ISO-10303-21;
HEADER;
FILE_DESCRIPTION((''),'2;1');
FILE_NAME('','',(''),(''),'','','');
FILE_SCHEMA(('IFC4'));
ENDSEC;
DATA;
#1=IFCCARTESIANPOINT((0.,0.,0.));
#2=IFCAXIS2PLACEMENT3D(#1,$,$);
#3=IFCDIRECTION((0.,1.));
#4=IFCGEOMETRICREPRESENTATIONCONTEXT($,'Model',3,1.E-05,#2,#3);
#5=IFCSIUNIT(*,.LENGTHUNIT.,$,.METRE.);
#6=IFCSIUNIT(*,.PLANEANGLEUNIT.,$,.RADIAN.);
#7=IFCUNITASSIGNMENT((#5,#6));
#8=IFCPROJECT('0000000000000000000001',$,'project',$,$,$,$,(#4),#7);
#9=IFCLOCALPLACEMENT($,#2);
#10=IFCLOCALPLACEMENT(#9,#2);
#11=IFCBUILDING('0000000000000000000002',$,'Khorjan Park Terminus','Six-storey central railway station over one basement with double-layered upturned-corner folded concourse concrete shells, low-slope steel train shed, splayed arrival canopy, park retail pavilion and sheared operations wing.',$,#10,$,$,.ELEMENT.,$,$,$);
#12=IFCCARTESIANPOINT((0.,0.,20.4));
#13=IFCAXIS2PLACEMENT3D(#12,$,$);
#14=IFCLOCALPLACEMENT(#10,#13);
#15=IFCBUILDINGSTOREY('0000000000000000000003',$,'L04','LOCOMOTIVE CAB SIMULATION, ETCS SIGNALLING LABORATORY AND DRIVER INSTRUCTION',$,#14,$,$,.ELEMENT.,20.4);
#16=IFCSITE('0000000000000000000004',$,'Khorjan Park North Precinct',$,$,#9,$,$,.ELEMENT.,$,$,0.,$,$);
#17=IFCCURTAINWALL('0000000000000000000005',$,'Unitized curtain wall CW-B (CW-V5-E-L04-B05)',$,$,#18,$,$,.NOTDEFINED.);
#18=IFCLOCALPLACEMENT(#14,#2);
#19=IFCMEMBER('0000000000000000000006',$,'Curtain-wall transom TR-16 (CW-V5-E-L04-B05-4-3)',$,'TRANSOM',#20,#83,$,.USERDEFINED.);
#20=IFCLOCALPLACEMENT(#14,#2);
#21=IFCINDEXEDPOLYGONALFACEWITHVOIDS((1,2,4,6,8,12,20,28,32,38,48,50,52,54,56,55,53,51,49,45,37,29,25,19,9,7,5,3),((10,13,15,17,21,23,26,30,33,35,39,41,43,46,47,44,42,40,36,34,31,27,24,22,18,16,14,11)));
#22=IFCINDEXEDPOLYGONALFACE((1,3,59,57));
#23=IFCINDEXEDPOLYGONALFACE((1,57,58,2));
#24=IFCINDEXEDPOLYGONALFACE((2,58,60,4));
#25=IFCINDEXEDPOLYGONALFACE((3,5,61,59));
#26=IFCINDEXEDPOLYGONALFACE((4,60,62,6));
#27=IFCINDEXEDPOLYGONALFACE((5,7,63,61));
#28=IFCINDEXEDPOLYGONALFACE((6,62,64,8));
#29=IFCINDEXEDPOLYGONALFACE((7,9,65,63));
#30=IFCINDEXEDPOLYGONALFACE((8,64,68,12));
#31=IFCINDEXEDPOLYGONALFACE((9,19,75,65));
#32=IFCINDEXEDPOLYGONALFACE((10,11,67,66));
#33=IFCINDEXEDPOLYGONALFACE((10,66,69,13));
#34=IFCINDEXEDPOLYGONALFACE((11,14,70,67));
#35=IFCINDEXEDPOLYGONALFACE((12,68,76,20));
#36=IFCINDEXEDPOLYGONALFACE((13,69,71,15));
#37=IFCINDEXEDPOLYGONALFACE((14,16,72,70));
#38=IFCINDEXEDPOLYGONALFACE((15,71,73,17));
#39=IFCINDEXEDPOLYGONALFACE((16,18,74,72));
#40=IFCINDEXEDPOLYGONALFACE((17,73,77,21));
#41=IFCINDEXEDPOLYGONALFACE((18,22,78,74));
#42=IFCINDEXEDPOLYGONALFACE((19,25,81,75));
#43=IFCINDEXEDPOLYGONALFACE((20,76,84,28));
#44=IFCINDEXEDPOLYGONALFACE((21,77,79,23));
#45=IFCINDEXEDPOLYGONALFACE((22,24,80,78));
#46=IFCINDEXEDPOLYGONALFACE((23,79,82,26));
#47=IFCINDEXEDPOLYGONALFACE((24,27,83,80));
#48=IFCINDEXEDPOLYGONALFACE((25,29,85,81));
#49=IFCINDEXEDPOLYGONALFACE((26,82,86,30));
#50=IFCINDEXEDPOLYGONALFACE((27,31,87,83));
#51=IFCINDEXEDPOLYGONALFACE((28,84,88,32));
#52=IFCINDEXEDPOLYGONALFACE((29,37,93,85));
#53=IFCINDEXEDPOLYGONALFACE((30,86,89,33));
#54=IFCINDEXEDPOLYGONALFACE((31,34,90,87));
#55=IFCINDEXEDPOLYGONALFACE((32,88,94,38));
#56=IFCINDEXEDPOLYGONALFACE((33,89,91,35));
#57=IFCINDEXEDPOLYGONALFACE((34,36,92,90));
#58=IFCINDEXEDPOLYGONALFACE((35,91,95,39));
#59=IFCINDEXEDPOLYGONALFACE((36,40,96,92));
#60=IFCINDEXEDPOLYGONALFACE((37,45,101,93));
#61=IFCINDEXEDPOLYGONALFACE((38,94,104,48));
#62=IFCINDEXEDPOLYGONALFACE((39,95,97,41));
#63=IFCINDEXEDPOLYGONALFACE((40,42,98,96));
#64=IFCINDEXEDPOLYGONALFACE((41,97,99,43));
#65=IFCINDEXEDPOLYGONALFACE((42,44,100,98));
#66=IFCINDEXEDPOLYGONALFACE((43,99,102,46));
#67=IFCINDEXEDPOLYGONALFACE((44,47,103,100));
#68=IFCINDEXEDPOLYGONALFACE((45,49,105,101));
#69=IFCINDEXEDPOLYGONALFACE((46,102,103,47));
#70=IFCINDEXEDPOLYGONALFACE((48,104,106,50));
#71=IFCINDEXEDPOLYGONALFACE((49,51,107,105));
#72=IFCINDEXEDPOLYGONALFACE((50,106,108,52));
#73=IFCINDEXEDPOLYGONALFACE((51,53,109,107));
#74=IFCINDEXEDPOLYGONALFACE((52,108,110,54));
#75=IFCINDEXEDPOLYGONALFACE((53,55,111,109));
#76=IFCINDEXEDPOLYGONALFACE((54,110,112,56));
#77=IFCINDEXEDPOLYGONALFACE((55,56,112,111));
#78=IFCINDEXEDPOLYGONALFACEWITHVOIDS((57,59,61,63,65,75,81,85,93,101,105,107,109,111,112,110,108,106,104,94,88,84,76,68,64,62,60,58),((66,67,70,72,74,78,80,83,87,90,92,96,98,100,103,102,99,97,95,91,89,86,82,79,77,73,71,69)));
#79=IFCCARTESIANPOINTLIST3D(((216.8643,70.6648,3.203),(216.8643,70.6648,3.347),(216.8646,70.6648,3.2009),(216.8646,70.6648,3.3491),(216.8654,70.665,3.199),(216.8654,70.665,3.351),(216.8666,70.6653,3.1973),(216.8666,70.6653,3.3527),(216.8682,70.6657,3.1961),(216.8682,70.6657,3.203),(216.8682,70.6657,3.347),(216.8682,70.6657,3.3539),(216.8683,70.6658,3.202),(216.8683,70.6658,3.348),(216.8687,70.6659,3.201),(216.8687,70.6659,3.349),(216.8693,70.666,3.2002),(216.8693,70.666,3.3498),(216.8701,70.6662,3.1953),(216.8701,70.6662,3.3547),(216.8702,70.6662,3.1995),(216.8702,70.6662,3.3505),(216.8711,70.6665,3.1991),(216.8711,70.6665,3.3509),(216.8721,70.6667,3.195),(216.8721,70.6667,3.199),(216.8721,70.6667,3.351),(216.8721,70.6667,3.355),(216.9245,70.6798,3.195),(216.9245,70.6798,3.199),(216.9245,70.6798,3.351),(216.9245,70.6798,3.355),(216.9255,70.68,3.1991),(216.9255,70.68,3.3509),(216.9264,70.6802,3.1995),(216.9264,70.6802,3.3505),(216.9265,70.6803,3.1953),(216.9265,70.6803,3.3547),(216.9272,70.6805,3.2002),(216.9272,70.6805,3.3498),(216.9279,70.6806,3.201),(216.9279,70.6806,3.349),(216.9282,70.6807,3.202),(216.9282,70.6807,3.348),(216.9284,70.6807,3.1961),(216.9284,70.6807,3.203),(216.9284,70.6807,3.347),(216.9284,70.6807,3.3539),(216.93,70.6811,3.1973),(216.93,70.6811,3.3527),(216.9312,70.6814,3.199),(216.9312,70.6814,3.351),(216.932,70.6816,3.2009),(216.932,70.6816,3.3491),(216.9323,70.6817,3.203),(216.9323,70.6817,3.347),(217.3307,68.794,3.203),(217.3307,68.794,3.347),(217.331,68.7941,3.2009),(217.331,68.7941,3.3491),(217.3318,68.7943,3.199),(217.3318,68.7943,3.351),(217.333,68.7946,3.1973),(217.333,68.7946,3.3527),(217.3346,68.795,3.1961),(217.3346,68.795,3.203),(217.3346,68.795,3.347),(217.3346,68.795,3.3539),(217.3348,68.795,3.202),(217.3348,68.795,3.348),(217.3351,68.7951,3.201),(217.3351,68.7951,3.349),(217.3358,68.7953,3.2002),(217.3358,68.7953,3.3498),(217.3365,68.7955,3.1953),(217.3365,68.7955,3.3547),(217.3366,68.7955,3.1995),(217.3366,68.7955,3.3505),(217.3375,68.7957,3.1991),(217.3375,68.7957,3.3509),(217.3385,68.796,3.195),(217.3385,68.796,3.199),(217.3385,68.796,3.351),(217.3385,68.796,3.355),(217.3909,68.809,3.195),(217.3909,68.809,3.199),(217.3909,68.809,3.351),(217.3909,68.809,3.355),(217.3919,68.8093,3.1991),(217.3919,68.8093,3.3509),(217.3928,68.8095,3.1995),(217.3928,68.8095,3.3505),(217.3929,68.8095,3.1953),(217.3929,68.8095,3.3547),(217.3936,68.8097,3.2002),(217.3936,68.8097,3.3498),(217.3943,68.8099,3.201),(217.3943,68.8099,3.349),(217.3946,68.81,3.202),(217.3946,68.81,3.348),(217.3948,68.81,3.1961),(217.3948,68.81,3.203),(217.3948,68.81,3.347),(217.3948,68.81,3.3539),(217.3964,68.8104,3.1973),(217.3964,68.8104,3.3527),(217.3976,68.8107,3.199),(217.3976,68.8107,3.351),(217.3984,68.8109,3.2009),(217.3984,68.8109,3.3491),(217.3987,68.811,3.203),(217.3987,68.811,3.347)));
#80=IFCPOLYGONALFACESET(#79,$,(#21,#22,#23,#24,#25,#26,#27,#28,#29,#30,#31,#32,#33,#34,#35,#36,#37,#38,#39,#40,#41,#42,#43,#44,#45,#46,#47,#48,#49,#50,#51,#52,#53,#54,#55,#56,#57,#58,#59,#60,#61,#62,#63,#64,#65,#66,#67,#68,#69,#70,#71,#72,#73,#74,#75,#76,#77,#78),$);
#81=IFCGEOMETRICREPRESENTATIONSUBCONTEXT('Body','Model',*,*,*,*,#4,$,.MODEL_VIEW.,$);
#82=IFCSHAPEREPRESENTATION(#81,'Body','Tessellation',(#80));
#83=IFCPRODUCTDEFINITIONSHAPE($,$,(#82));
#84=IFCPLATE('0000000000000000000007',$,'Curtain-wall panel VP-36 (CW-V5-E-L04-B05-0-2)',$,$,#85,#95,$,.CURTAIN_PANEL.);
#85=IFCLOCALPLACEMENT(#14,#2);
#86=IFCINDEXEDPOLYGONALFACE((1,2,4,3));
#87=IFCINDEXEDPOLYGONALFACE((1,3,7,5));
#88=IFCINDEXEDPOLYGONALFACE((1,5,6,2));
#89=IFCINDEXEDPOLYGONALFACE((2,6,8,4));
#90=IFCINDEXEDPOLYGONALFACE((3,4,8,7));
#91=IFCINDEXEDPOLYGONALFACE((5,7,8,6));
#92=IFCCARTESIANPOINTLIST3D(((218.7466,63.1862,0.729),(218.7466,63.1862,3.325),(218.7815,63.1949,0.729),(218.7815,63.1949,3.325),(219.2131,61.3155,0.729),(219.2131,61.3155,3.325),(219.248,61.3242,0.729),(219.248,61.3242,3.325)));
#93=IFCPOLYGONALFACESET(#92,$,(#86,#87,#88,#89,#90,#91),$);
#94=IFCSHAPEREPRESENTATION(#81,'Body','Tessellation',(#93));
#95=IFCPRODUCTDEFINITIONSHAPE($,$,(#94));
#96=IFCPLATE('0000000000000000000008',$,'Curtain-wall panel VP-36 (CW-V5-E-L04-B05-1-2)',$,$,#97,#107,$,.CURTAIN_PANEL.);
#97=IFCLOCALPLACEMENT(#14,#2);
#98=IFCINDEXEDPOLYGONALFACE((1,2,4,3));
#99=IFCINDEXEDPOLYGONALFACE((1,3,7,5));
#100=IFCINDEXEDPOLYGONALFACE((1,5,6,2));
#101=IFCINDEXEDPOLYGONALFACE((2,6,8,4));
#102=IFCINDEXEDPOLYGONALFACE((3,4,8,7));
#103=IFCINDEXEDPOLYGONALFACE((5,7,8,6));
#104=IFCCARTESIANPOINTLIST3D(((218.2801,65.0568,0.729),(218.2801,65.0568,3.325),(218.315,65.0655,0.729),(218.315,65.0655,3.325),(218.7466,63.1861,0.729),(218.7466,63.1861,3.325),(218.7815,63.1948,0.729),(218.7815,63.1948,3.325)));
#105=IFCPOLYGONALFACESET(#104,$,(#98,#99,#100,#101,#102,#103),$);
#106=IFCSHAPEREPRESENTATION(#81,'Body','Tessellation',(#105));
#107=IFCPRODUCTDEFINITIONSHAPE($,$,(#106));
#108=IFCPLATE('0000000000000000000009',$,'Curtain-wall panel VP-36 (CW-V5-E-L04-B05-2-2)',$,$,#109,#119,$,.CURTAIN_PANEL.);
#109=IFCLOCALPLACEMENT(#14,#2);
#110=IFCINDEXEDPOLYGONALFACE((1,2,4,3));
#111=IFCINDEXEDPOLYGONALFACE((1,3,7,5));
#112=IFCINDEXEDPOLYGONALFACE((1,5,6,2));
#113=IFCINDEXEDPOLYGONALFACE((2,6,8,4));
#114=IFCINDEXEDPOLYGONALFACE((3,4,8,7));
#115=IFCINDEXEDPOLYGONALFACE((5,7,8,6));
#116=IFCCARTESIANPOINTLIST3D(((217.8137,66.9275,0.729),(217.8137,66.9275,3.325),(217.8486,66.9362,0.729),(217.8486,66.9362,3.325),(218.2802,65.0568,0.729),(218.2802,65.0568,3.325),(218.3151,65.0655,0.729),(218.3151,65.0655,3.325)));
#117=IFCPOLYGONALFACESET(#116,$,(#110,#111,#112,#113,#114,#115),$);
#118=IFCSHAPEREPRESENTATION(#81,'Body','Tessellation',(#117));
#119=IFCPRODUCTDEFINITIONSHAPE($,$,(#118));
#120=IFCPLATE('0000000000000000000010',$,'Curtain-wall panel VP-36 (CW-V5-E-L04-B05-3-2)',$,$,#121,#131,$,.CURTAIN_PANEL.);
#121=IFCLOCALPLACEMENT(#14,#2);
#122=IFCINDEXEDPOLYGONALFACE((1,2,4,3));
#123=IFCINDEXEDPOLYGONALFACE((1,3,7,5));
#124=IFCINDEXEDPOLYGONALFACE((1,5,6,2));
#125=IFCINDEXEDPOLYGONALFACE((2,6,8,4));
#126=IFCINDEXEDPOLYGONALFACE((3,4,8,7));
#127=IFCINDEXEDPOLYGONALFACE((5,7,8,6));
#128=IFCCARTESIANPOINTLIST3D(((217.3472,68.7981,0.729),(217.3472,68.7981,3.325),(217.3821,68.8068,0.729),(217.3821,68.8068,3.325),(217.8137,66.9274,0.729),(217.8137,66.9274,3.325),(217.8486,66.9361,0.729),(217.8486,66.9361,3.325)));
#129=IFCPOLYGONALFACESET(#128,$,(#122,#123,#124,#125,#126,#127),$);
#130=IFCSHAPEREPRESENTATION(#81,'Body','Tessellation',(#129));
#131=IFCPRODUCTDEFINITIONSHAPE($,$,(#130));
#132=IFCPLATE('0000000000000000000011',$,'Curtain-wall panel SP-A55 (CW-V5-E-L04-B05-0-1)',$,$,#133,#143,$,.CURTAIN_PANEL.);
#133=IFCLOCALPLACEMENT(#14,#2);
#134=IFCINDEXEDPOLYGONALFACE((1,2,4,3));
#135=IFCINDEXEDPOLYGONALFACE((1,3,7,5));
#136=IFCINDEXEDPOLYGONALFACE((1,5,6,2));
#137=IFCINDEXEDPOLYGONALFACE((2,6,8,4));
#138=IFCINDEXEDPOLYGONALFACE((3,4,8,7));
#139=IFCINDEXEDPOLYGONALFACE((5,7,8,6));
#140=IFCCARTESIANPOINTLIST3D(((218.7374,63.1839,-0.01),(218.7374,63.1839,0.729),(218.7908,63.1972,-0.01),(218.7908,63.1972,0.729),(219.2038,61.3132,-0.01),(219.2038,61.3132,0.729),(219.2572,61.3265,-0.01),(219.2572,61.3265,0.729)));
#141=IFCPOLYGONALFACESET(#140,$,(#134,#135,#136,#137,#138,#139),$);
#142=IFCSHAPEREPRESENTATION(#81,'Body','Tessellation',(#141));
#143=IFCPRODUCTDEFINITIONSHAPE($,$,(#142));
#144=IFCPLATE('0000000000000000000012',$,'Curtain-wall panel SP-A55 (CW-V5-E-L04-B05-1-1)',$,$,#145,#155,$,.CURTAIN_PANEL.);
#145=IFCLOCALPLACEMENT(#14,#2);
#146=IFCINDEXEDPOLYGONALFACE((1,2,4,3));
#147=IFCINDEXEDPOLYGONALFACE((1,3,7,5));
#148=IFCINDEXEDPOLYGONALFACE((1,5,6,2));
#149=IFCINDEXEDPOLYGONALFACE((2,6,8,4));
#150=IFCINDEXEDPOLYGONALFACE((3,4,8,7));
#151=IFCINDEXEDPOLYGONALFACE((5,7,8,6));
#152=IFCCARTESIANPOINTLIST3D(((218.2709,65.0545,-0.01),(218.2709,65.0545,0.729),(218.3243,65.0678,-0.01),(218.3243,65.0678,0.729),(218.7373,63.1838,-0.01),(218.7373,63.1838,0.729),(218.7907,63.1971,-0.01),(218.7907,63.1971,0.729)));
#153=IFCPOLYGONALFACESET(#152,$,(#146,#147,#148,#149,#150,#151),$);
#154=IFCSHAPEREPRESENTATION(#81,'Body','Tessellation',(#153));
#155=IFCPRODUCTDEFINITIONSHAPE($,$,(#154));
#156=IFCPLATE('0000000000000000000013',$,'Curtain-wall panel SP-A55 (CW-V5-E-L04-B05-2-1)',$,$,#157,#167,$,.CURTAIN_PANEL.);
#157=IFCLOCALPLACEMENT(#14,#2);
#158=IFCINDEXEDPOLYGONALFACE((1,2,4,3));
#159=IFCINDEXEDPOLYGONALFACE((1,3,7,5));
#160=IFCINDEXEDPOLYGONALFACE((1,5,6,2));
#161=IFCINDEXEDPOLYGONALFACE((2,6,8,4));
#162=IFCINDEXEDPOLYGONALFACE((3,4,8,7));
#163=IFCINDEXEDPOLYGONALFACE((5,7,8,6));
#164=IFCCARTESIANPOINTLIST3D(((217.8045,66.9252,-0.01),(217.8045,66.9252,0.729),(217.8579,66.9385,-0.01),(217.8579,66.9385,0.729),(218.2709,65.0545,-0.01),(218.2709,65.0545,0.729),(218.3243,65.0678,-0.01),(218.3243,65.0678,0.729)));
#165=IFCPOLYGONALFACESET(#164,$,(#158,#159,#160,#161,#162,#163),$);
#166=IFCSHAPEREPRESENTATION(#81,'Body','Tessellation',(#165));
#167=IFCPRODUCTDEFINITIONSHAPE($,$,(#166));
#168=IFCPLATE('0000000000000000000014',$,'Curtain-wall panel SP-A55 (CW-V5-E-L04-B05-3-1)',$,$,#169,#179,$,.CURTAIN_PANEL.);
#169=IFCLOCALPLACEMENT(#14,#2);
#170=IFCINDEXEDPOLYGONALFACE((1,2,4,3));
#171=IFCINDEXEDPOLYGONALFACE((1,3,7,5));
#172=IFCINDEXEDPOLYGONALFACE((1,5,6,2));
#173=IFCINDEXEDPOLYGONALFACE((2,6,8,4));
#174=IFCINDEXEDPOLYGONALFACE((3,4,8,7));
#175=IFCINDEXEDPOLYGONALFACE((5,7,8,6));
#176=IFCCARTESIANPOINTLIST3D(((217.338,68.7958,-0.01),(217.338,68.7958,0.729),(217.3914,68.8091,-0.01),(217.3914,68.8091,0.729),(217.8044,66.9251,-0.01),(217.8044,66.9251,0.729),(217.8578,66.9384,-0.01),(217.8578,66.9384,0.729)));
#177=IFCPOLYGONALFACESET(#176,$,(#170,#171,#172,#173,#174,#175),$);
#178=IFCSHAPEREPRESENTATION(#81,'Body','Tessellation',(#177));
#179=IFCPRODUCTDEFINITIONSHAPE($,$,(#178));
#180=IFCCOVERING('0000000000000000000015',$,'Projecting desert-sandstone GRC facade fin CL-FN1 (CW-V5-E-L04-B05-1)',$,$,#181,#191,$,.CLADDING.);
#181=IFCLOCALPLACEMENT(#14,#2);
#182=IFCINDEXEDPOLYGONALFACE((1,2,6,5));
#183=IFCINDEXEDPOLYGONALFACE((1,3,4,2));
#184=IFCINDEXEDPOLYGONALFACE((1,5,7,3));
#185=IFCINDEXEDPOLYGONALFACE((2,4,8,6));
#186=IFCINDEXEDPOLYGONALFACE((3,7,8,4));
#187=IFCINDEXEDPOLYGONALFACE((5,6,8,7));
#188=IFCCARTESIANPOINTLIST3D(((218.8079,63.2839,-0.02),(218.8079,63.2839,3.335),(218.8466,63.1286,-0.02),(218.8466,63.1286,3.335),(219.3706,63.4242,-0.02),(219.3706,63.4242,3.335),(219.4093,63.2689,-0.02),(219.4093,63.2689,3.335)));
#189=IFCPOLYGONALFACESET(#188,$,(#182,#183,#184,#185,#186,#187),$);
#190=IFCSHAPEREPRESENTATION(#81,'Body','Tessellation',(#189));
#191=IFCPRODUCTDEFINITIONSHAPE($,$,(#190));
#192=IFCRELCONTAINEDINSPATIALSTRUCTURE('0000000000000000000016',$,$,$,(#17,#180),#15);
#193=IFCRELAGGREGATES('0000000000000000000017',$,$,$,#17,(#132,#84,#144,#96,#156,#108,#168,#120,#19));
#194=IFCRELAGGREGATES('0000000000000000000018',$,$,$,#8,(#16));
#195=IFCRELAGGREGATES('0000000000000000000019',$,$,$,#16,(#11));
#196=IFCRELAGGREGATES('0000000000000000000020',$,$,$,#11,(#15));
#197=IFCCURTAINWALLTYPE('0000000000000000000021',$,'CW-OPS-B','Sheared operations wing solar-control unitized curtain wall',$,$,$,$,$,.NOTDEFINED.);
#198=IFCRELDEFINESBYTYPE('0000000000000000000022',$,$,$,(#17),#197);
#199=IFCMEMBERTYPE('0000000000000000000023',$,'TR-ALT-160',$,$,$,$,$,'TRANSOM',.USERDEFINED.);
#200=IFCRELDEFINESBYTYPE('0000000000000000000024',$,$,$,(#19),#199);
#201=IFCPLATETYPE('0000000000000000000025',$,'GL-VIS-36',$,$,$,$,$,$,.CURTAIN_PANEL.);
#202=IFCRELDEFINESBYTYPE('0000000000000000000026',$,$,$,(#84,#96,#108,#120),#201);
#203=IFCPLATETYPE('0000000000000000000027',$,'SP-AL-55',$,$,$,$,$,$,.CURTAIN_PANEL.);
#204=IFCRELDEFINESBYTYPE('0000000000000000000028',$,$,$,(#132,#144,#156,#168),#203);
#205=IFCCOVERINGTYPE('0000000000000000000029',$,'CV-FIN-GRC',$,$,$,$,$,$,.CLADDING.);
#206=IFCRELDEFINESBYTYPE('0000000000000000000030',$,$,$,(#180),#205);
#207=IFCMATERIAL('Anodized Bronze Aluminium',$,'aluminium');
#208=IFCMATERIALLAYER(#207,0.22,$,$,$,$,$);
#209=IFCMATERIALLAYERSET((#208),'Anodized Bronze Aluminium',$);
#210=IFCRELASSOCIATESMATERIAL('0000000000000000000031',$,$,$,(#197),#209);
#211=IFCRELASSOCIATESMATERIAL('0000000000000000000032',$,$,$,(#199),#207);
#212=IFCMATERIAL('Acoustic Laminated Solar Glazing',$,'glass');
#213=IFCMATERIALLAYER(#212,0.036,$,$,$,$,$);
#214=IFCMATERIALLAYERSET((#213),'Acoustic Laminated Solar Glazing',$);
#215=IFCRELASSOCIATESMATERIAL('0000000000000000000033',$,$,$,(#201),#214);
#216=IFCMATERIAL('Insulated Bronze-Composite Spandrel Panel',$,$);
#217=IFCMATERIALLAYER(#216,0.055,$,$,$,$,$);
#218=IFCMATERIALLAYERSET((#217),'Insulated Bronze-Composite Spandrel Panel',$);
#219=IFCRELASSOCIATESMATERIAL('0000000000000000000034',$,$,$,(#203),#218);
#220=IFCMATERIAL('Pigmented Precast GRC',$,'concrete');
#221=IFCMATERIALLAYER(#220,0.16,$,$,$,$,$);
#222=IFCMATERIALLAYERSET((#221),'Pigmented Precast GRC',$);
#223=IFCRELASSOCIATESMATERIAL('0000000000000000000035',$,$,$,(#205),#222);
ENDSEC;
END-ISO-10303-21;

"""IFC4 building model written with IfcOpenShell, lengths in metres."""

from ifc_helpers import new_model, si_unit, direction, frame, origin, origin_2d, place, context, subcontext, project, spatial, rectangle, hollow_rectangle, extrude, material, layer, layer_set, material_profile, profile_set, type_object, element, aggregate, save


model = new_model("IFC4")

# Units and contexts
model_context = context("Model", 3, precision=1e-05, world=origin(), true_north=direction((0.0, 1.0)))
body_context = subcontext(model_context, "Body", "Model", "MODEL_VIEW")
ifc_project = project(units=[si_unit("LENGTHUNIT", "METRE"), si_unit("PLANEANGLEUNIT", "RADIAN")], contexts=[model_context])

# Site, building, storey
site_placement = place(None, origin())
site = spatial("IfcSite", under=ifc_project, at=site_placement, Name="Khorjan Park North Precinct", CompositionType="ELEMENT", RefElevation=0.0)
building_placement = place(site_placement, origin())
building = spatial("IfcBuilding", under=site, at=building_placement, Name="Khorjan Park Terminus", Description="Six-storey central railway station over one basement with double-layered upturned-corner folded concourse concrete shells, low-slope steel train shed, splayed arrival canopy, park retail pavilion and sheared operations wing.", CompositionType="ELEMENT")
storey_placement = place(building_placement, frame((0.0, 0.0, 20.4)))
storey = spatial("IfcBuildingStorey", under=building, at=storey_placement, Name="L04", Description="LOCOMOTIVE CAB SIMULATION, ETCS SIGNALLING LABORATORY AND DRIVER INSTRUCTION", CompositionType="ELEMENT", Elevation=20.4)

# Curtain wall, member, plates
ifc_material_1 = material(Name="Anodized Bronze Aluminium", Category="aluminium")
ifc_layer_1 = layer(ifc_material_1, 0.22)
ifc_layer_set_1 = layer_set([ifc_layer_1], Name="Anodized Bronze Aluminium")
curtain_wall_type = type_object("IfcCurtainWallType", Name="CW-OPS-B", Description="Sheared operations wing solar-control unitized curtain wall", PredefinedType="NOTDEFINED", material=ifc_layer_set_1)
curtain_wall_placement = place(storey_placement, origin())
curtain_wall = element("IfcCurtainWall", 1, at=curtain_wall_placement, inside=storey, type_object=curtain_wall_type, Name="Unitized curtain wall CW-B (CW-V5-E-L04-B05)", PredefinedType="NOTDEFINED")
ifc_material_profile_1 = material_profile(ifc_material_1, hollow_rectangle(XDim=0.07, YDim=0.16, WallThickness=0.004, InnerFilletRadius=0.004, OuterFilletRadius=0.008, at=origin_2d()), Name="ALT 70x160x4")
ifc_profile_set_1 = profile_set([ifc_material_profile_1], Name="Anodized Bronze Aluminium")
member_type_1 = type_object("IfcMemberType", Name="TR-ALT-160", ElementType="TRANSOM", PredefinedType="USERDEFINED", material=ifc_profile_set_1)
member_1_placement = place(storey_placement, frame((217.3647, 68.8025, 3.275), z_axis=(-0.241913, 0.970298, 0.0), x_axis=(-0.970298, -0.241913, 0.0)))
member_1 = element("IfcMember", 2, at=member_1_placement, type_object=member_type_1, Name="Curtain-wall transom TR-16 (CW-V5-E-L04-B05-4-3)", ObjectType="TRANSOM", PredefinedType="USERDEFINED", context=body_context, shape_type="SweptSolid", body=[
    extrude(hollow_rectangle(XDim=0.07, YDim=0.16, WallThickness=0.004, InnerFilletRadius=0.004, OuterFilletRadius=0.008, at=origin_2d()), origin(), (0.0, 0.0, 1.0), 1.928),
])
ifc_material_2 = material(Name="Acoustic Laminated Solar Glazing", Category="glass")
ifc_layer_2 = layer(ifc_material_2, 0.036)
ifc_layer_set_2 = layer_set([ifc_layer_2], Name="Acoustic Laminated Solar Glazing")
plate_type_1 = type_object("IfcPlateType", Name="GL-VIS-36", PredefinedType="CURTAIN_PANEL", material=ifc_layer_set_2)
plate_1_placement = place(storey_placement, frame((218.9973, 62.2552, 0.729), z_axis=(0.0, 0.0, 1.0), x_axis=(-0.241935, 0.970292, 0.0)))
plate_1 = element("IfcPlate", 3, at=plate_1_placement, type_object=plate_type_1, Name="Curtain-wall panel VP-36 (CW-V5-E-L04-B05-0-2)", PredefinedType="CURTAIN_PANEL", context=body_context, shape_type="SweptSolid", body=[
    extrude(rectangle(XDim=1.928, YDim=0.036, at=origin_2d()), origin(), (0.0, 0.0, 1.0), 2.596),
])
plate_2_placement = place(storey_placement, frame((218.5308, 64.1258, 0.729), z_axis=(0.0, 0.0, 1.0), x_axis=(-0.241935, 0.970292, 0.0)))
plate_2 = element("IfcPlate", 4, at=plate_2_placement, type_object=plate_type_1, Name="Curtain-wall panel VP-36 (CW-V5-E-L04-B05-1-2)", PredefinedType="CURTAIN_PANEL", context=body_context, shape_type="SweptSolid", body=[
    extrude(rectangle(XDim=1.928, YDim=0.036, at=origin_2d()), origin(), (0.0, 0.0, 1.0), 2.596),
])
plate_3_placement = place(storey_placement, frame((218.0644, 65.9965, 0.729), z_axis=(0.0, 0.0, 1.0), x_axis=(-0.241935, 0.970292, 0.0)))
plate_3 = element("IfcPlate", 5, at=plate_3_placement, type_object=plate_type_1, Name="Curtain-wall panel VP-36 (CW-V5-E-L04-B05-2-2)", PredefinedType="CURTAIN_PANEL", context=body_context, shape_type="SweptSolid", body=[
    extrude(rectangle(XDim=1.928, YDim=0.036, at=origin_2d()), origin(), (0.0, 0.0, 1.0), 2.596),
])
plate_4_placement = place(storey_placement, frame((217.5979, 67.8671, 0.729), z_axis=(0.0, 0.0, 1.0), x_axis=(-0.241935, 0.970292, 0.0)))
plate_4 = element("IfcPlate", 6, at=plate_4_placement, type_object=plate_type_1, Name="Curtain-wall panel VP-36 (CW-V5-E-L04-B05-3-2)", PredefinedType="CURTAIN_PANEL", context=body_context, shape_type="SweptSolid", body=[
    extrude(rectangle(XDim=1.928, YDim=0.036, at=origin_2d()), origin(), (0.0, 0.0, 1.0), 2.596),
])
ifc_material_3 = material(Name="Insulated Bronze-Composite Spandrel Panel")
ifc_layer_3 = layer(ifc_material_3, 0.055)
ifc_layer_set_3 = layer_set([ifc_layer_3], Name="Insulated Bronze-Composite Spandrel Panel")
plate_type_2 = type_object("IfcPlateType", Name="SP-AL-55", PredefinedType="CURTAIN_PANEL", material=ifc_layer_set_3)
plate_5_placement = place(storey_placement, frame((218.9973, 62.2552, -0.01), z_axis=(0.0, 0.0, 1.0), x_axis=(-0.241935, 0.970292, 0.0)))
plate_5 = element("IfcPlate", 7, at=plate_5_placement, type_object=plate_type_2, Name="Curtain-wall panel SP-A55 (CW-V5-E-L04-B05-0-1)", PredefinedType="CURTAIN_PANEL", context=body_context, shape_type="SweptSolid", body=[
    extrude(rectangle(XDim=1.928, YDim=0.055, at=origin_2d()), origin(), (0.0, 0.0, 1.0), 0.739),
])
plate_6_placement = place(storey_placement, frame((218.5308, 64.1258, -0.01), z_axis=(0.0, 0.0, 1.0), x_axis=(-0.241935, 0.970292, 0.0)))
plate_6 = element("IfcPlate", 8, at=plate_6_placement, type_object=plate_type_2, Name="Curtain-wall panel SP-A55 (CW-V5-E-L04-B05-1-1)", PredefinedType="CURTAIN_PANEL", context=body_context, shape_type="SweptSolid", body=[
    extrude(rectangle(XDim=1.928, YDim=0.055, at=origin_2d()), origin(), (0.0, 0.0, 1.0), 0.739),
])
plate_7_placement = place(storey_placement, frame((218.0644, 65.9965, -0.01), z_axis=(0.0, 0.0, 1.0), x_axis=(-0.241935, 0.970292, 0.0)))
plate_7 = element("IfcPlate", 9, at=plate_7_placement, type_object=plate_type_2, Name="Curtain-wall panel SP-A55 (CW-V5-E-L04-B05-2-1)", PredefinedType="CURTAIN_PANEL", context=body_context, shape_type="SweptSolid", body=[
    extrude(rectangle(XDim=1.928, YDim=0.055, at=origin_2d()), origin(), (0.0, 0.0, 1.0), 0.739),
])
plate_8_placement = place(storey_placement, frame((217.5979, 67.8671, -0.01), z_axis=(0.0, 0.0, 1.0), x_axis=(-0.241935, 0.970292, 0.0)))
plate_8 = element("IfcPlate", 10, at=plate_8_placement, type_object=plate_type_2, Name="Curtain-wall panel SP-A55 (CW-V5-E-L04-B05-3-1)", PredefinedType="CURTAIN_PANEL", context=body_context, shape_type="SweptSolid", body=[
    extrude(rectangle(XDim=1.928, YDim=0.055, at=origin_2d()), origin(), (0.0, 0.0, 1.0), 0.739),
])
aggregate(curtain_wall, [plate_5, plate_1, plate_6, plate_2, plate_7, plate_3, plate_8, plate_4, member_1])

# Covering
ifc_material_4 = material(Name="Pigmented Precast GRC", Category="concrete")
ifc_layer_4 = layer(ifc_material_4, 0.16)
ifc_layer_set_4 = layer_set([ifc_layer_4], Name="Pigmented Precast GRC")
covering_type_1 = type_object("IfcCoveringType", Name="CV-FIN-GRC", PredefinedType="CLADDING", material=ifc_layer_set_4)
covering_1_placement = place(storey_placement, frame((219.1086, 63.2764, -0.02), z_axis=(0.0, 0.0, 1.0), x_axis=(-0.970296, -0.241922, 0.0)))
element("IfcCovering", 11, at=covering_1_placement, inside=storey, type_object=covering_type_1, Name="Projecting desert-sandstone GRC facade fin CL-FN1 (CW-V5-E-L04-B05-1)", PredefinedType="CLADDING", context=body_context, shape_type="SweptSolid", body=[
    extrude(rectangle(XDim=0.58, YDim=0.16, at=origin_2d()), origin(), (0.0, 0.0, 1.0), 3.355),
])

save(model, "model.ifc")
